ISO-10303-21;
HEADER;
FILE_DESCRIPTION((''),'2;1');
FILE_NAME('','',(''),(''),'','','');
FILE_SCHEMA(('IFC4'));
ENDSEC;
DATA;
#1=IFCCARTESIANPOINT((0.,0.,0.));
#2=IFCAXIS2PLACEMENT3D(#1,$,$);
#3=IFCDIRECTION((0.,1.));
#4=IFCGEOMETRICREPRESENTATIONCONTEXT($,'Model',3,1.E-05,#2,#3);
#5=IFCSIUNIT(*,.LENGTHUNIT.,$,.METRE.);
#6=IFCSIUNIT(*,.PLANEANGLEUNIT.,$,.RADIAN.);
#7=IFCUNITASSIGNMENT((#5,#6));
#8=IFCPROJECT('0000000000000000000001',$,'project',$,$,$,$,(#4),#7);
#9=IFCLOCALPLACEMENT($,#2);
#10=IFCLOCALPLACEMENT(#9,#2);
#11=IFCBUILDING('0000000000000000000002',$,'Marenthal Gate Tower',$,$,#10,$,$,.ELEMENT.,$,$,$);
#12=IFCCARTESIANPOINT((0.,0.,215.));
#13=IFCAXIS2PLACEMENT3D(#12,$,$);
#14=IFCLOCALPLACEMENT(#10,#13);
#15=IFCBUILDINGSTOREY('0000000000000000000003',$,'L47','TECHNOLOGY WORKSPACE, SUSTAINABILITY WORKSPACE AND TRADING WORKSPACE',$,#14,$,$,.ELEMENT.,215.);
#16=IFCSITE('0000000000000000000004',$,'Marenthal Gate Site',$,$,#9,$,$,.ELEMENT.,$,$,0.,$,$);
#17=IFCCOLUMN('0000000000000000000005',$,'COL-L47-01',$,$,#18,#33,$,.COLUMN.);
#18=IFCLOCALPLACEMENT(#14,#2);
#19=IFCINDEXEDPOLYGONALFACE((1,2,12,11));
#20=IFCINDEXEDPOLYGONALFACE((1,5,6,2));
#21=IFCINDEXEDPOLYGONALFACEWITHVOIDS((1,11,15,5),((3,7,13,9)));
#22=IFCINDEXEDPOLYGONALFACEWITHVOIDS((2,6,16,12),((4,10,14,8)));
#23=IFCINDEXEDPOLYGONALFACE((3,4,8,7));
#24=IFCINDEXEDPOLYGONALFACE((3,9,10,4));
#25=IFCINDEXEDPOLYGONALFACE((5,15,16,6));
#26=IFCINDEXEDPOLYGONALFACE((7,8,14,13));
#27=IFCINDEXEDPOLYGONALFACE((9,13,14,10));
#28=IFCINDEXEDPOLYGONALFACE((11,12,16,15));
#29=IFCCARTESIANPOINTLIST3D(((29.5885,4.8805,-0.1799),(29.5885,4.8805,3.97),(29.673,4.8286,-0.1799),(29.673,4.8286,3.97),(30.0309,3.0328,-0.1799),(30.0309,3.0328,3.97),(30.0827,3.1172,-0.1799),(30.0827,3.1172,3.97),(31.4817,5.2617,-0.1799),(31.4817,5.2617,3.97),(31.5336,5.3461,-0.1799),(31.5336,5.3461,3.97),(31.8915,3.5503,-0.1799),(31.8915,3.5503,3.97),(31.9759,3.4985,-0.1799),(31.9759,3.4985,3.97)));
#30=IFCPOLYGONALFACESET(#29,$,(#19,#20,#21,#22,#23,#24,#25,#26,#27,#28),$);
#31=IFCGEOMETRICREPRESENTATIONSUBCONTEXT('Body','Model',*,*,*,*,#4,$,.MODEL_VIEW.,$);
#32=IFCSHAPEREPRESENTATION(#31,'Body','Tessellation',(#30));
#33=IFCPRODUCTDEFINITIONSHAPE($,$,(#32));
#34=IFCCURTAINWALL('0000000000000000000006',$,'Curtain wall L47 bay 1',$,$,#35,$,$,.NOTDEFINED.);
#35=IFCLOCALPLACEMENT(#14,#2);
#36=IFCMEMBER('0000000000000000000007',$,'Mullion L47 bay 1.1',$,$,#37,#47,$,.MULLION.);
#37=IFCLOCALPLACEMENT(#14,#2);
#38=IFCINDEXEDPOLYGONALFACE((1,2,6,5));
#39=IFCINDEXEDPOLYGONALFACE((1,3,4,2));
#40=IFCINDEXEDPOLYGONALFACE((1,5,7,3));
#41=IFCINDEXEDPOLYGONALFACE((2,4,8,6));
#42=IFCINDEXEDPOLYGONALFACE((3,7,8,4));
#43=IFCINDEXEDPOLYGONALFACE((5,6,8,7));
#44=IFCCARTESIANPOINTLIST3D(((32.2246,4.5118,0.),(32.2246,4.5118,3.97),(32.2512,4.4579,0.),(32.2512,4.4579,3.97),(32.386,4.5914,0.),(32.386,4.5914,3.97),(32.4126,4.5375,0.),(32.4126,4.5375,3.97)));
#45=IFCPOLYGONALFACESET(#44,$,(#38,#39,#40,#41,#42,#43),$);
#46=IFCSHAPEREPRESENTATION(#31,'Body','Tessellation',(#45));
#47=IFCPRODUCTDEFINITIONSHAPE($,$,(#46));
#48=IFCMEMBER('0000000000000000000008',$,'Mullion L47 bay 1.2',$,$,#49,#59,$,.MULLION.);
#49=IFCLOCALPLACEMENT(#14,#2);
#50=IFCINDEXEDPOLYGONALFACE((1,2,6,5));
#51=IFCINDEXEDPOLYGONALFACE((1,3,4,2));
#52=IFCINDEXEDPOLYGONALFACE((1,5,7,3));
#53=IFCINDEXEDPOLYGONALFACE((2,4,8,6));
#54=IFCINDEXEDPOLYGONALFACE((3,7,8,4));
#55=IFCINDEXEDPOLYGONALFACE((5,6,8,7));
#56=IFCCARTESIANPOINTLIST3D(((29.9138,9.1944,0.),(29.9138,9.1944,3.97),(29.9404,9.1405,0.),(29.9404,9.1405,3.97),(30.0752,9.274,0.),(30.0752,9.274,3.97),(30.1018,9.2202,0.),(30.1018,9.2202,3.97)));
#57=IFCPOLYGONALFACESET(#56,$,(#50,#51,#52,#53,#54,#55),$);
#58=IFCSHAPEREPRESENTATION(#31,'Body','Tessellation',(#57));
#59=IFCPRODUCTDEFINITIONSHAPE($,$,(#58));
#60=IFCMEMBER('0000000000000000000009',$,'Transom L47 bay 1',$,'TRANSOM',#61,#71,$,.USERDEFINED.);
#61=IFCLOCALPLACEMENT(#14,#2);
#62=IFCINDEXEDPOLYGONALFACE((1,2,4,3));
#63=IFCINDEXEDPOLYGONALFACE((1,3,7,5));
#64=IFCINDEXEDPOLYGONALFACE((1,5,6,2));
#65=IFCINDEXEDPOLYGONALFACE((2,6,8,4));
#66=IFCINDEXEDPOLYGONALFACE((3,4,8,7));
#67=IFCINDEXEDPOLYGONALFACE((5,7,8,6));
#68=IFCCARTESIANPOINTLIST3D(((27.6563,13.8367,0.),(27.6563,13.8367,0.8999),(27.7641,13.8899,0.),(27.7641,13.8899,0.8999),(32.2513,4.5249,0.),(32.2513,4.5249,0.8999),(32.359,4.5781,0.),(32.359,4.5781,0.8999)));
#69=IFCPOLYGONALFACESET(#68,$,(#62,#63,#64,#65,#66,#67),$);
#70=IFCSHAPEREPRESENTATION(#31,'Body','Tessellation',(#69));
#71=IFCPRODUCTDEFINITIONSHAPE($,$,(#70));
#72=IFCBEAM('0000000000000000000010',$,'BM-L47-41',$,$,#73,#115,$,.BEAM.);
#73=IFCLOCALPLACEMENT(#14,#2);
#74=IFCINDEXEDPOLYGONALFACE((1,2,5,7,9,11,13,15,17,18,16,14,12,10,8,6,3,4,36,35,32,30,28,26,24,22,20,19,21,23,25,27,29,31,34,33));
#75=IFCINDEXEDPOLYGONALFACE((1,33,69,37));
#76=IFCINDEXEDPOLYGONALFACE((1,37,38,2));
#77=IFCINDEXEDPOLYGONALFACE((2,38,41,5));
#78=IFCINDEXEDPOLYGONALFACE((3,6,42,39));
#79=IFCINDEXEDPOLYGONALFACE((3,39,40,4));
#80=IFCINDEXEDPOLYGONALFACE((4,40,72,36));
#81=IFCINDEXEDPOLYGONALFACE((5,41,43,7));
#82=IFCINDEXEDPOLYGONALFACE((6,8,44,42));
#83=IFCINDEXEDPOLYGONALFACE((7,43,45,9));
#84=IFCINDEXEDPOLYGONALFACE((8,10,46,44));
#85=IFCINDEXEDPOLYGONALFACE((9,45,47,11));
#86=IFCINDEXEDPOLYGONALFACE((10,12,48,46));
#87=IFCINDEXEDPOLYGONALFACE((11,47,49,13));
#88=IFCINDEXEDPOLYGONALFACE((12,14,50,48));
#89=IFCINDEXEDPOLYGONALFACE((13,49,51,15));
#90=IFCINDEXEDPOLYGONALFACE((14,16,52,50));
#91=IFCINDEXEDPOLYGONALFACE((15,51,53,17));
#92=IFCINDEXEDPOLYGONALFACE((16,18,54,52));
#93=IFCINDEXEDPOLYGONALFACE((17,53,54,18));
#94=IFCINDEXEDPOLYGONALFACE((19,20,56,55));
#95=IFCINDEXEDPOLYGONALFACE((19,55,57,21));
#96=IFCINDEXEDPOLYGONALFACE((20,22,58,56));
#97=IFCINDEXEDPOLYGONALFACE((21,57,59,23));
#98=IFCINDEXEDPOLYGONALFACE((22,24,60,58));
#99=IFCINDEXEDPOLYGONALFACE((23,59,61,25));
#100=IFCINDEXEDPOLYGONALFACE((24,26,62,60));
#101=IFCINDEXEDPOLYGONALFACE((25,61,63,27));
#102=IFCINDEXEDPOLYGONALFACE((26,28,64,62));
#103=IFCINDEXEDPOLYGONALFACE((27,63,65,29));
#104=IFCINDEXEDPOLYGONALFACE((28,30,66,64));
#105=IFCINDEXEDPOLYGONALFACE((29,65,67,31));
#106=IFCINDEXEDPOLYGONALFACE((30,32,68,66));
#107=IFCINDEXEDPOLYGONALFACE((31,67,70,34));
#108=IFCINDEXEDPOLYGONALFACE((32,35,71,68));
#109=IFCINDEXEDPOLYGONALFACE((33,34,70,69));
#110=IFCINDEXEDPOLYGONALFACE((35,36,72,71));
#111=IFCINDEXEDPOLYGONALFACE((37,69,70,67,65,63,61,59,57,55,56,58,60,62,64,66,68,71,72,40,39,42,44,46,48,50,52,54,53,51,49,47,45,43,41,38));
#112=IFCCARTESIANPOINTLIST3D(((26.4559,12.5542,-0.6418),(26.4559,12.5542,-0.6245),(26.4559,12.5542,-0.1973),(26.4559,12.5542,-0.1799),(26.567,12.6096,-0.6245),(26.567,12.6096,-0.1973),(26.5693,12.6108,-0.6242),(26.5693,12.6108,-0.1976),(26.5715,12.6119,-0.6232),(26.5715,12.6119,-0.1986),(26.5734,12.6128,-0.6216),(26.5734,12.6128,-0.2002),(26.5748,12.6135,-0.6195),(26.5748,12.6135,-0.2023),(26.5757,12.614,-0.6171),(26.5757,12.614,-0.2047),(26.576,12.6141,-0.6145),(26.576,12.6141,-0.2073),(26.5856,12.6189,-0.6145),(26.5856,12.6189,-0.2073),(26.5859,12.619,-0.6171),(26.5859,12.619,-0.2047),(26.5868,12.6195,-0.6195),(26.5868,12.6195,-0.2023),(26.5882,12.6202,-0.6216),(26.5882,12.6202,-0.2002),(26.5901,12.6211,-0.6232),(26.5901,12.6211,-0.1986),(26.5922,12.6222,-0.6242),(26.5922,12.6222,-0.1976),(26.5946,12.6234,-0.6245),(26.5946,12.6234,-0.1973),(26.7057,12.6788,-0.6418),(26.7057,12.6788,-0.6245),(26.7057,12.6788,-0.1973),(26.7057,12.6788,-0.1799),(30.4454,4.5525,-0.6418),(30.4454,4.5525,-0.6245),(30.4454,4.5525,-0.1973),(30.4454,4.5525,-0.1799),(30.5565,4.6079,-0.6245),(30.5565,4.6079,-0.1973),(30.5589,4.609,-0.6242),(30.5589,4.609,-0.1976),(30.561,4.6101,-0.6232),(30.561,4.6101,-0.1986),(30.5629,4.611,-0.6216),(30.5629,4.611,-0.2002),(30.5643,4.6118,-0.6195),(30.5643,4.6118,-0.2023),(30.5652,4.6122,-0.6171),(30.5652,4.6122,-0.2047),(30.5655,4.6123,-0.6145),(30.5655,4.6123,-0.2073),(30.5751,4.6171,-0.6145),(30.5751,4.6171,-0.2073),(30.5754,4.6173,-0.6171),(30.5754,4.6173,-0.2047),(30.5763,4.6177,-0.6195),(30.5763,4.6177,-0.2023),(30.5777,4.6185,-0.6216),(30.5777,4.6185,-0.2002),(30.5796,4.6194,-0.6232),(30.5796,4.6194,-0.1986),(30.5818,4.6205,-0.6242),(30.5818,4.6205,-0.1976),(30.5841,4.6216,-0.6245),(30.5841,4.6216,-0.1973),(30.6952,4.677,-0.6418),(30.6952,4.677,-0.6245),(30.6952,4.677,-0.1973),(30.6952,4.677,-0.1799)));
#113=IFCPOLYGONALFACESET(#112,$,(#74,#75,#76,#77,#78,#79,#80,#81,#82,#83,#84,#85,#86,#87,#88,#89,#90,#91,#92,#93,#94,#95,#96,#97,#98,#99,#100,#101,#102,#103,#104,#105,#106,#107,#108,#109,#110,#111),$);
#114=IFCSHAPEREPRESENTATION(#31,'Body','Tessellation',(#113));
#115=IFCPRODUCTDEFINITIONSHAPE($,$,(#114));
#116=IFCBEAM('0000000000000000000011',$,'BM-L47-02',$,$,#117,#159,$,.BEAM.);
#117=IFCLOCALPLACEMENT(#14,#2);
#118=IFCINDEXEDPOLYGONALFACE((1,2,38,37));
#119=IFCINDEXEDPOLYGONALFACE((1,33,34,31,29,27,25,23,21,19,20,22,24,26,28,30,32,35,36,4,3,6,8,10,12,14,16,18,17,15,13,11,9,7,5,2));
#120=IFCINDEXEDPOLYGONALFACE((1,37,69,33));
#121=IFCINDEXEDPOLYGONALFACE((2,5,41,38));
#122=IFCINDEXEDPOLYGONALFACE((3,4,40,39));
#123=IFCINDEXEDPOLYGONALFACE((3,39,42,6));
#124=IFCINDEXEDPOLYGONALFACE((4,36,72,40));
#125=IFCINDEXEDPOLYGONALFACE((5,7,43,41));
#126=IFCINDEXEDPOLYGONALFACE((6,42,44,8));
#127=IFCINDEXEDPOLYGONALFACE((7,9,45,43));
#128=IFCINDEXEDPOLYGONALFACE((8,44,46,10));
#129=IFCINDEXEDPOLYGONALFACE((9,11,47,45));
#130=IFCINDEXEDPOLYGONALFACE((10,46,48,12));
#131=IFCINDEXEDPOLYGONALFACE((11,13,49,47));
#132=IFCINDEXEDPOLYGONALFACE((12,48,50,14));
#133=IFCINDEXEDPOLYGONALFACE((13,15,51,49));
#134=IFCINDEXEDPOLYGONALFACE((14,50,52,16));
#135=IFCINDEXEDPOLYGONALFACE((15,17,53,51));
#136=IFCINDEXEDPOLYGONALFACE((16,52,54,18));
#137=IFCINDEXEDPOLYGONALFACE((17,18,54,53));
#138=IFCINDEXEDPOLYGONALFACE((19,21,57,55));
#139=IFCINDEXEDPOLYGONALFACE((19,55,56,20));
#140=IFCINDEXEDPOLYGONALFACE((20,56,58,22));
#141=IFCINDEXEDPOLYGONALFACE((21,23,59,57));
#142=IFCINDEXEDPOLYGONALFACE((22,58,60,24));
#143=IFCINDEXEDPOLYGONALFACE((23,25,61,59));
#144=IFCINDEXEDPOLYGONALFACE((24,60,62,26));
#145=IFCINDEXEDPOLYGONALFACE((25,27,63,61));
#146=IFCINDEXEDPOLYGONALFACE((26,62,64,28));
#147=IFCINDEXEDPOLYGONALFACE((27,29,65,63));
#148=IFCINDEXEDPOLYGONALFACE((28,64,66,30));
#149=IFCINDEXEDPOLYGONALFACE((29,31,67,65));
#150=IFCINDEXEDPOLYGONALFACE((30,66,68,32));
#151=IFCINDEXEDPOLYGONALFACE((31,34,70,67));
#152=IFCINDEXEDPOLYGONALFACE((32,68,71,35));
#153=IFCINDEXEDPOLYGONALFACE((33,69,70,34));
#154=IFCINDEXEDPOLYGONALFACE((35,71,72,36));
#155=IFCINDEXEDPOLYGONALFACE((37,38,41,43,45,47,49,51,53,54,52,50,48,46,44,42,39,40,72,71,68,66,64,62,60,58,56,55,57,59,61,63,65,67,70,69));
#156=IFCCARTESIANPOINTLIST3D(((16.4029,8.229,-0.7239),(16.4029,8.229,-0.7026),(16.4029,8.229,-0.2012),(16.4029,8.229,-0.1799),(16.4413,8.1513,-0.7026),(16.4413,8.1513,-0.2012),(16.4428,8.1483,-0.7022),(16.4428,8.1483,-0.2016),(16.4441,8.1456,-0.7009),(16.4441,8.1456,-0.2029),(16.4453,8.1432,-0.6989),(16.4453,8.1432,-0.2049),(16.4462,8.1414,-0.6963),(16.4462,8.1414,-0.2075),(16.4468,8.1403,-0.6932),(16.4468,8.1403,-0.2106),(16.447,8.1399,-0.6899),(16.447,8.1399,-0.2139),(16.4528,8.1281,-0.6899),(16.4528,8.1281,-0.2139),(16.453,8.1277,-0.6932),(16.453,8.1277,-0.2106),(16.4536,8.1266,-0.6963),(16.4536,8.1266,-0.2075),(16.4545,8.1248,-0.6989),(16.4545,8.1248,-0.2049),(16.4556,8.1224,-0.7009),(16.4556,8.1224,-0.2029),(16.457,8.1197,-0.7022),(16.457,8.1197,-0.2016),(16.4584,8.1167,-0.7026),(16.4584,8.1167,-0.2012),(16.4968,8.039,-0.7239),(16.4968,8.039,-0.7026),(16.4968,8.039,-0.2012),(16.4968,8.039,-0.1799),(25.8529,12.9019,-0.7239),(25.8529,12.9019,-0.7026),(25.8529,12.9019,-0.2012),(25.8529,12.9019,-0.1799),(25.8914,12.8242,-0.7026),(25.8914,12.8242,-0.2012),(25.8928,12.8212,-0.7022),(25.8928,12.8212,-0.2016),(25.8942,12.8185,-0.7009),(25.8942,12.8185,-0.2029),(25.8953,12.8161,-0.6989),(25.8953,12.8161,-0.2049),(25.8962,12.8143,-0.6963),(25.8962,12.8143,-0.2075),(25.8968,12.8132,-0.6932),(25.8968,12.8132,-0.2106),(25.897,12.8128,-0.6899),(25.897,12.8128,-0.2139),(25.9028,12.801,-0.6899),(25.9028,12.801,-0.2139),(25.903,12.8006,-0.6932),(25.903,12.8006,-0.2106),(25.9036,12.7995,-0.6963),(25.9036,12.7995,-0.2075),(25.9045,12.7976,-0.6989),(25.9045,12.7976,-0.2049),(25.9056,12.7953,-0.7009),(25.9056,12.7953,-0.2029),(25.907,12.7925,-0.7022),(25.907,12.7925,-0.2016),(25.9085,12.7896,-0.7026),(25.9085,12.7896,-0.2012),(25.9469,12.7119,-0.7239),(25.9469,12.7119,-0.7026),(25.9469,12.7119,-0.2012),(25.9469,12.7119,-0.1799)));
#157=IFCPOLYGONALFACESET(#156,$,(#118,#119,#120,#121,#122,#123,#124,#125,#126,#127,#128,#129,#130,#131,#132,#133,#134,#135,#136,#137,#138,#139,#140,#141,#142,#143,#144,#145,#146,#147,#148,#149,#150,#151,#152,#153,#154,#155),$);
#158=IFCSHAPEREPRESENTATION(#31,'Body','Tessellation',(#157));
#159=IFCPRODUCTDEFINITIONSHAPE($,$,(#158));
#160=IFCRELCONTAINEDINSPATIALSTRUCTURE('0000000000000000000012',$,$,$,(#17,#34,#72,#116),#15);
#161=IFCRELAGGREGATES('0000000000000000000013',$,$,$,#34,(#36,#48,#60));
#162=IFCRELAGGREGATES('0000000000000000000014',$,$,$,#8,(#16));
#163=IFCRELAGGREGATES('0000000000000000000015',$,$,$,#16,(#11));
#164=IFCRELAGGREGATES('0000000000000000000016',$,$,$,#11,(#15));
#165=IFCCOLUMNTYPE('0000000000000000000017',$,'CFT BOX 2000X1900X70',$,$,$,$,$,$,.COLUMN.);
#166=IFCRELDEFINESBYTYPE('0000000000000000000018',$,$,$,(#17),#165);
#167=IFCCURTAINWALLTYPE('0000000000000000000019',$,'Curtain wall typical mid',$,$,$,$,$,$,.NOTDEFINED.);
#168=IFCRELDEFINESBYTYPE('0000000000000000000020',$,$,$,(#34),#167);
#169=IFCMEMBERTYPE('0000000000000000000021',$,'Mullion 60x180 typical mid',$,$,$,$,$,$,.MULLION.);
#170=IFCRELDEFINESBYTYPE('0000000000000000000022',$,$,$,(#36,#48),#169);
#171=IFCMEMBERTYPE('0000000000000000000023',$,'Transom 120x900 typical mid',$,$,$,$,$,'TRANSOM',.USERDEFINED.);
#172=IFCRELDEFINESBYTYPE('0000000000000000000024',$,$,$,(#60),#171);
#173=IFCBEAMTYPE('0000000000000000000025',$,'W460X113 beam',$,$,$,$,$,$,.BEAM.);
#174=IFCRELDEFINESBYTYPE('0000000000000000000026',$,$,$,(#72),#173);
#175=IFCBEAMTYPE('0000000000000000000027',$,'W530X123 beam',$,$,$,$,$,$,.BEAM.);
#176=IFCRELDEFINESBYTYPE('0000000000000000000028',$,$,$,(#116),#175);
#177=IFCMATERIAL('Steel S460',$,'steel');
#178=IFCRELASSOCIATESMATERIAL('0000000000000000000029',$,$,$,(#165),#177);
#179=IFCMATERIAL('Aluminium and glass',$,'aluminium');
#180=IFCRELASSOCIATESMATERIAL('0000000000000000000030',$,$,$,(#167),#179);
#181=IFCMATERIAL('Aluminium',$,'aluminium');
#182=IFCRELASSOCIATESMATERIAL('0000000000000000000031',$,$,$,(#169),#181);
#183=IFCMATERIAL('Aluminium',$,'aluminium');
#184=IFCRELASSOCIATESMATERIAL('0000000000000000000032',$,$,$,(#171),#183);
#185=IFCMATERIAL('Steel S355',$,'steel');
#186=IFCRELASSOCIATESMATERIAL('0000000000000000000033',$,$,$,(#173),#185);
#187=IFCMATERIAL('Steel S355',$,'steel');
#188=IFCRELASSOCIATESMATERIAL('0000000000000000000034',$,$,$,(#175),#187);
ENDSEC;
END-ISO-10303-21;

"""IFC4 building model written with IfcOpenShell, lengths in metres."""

from ifc_helpers import new_model, si_unit, direction, frame, origin, origin_2d, place, context, subcontext, project, spatial, rectangle, hollow_rectangle, i_section, extrude, material, material_profile, profile_set, type_object, element, aggregate, save


model = new_model("IFC4")

# Units and contexts
model_context = context("Model", 3, precision=1e-05, world=origin(), true_north=direction((0.0, 1.0)))
body_context = subcontext(model_context, "Body", "Model", "MODEL_VIEW")
ifc_project = project(units=[si_unit("LENGTHUNIT", "METRE"), si_unit("PLANEANGLEUNIT", "RADIAN")], contexts=[model_context])

# Site, building, storey
site_placement = place(None, origin())
site = spatial("IfcSite", under=ifc_project, at=site_placement, Name="Marenthal Gate Site", CompositionType="ELEMENT", RefElevation=0.0)
building_placement = place(site_placement, origin())
building = spatial("IfcBuilding", under=site, at=building_placement, Name="Marenthal Gate Tower", CompositionType="ELEMENT")
storey_placement = place(building_placement, frame((0.0, 0.0, 215.0)))
storey = spatial("IfcBuildingStorey", under=building, at=storey_placement, Name="L47", Description="TECHNOLOGY WORKSPACE, SUSTAINABILITY WORKSPACE AND TRADING WORKSPACE", CompositionType="ELEMENT", Elevation=215.0)

# Column
ifc_material_1 = material(Name="Steel S460", Category="steel")
ifc_material_profile_1 = material_profile(ifc_material_1, hollow_rectangle(XDim=1.8999, YDim=2.0, WallThickness=0.0701, at=origin_2d()), Name="CFT BOX 2000X1900X70")
ifc_material_2 = material(Name="Concrete 70 MPa", Category="concrete")
ifc_material_profile_2 = material_profile(ifc_material_2, rectangle(XDim=1.76, YDim=1.8601, at=origin_2d()), Name="CFT BOX 2000X1900X70 INFILL")
ifc_profile_set_1 = profile_set([ifc_material_profile_1, ifc_material_profile_2], Name="Steel S460 shell, Concrete 70 MPa infill")
column_type = type_object("IfcColumnType", Name="CFT BOX 2000X1900X70", PredefinedType="COLUMN", material=ifc_profile_set_1)
column_placement = place(storey_placement, frame((30.7822, 4.1895, -0.1799), z_axis=(0.0, 0.0, 1.0), x_axis=(0.232843, -0.972514, 0.0)))
element("IfcColumn", 1, at=column_placement, inside=storey, type_object=column_type, Name="COL-L47-01", PredefinedType="COLUMN", context=body_context, shape_type="SweptSolid", body=[
    extrude(hollow_rectangle(XDim=1.8999, YDim=2.0, WallThickness=0.0701, at=origin_2d()), origin(), (0.0, 0.0, 1.0), 4.1499),
])

# Curtain wall, members
ifc_material_3 = material(Name="Aluminium and glass", Category="aluminium")
curtain_wall_type = type_object("IfcCurtainWallType", Name="Curtain wall typical mid", PredefinedType="NOTDEFINED", material=ifc_material_3)
curtain_wall_placement = place(storey_placement, origin())
curtain_wall = element("IfcCurtainWall", 2, at=curtain_wall_placement, inside=storey, type_object=curtain_wall_type, Name="Curtain wall L47 bay 1", PredefinedType="NOTDEFINED")
ifc_material_4 = material(Name="Aluminium", Category="aluminium")
ifc_material_profile_3 = material_profile(ifc_material_4, rectangle(XDim=0.1799, YDim=0.0601, at=origin_2d()), Name="60x180 aluminium mullion")
ifc_profile_set_2 = profile_set([ifc_material_profile_3], Name="Aluminium")
member_type_1 = type_object("IfcMemberType", Name="Mullion 60x180 typical mid", PredefinedType="MULLION", material=ifc_profile_set_2)
member_1_placement = place(storey_placement, frame((32.3186, 4.5247, 0.0), z_axis=(0.0, 0.0, 1.0), x_axis=(-0.896757, -0.442523, 0.0)))
member_1 = element("IfcMember", 3, at=member_1_placement, type_object=member_type_1, Name="Mullion L47 bay 1.1", PredefinedType="MULLION", context=body_context, shape_type="SweptSolid", body=[
    extrude(rectangle(XDim=0.1799, YDim=0.0601, at=origin_2d()), origin(), (0.0, 0.0, 1.0), 3.97),
])
member_2_placement = place(storey_placement, frame((30.0078, 9.2073, 0.0), z_axis=(0.0, 0.0, 1.0), x_axis=(-0.896757, -0.442523, 0.0)))
member_2 = element("IfcMember", 4, at=member_2_placement, type_object=member_type_1, Name="Mullion L47 bay 1.2", PredefinedType="MULLION", context=body_context, shape_type="SweptSolid", body=[
    extrude(rectangle(XDim=0.1799, YDim=0.0601, at=origin_2d()), origin(), (0.0, 0.0, 1.0), 3.97),
])
ifc_material_5 = material(Name="Aluminium", Category="aluminium")
ifc_material_profile_4 = material_profile(ifc_material_5, rectangle(XDim=0.1201, YDim=0.8999, at=origin_2d()), Name="120x900 aluminium transom")
ifc_profile_set_3 = profile_set([ifc_material_profile_4], Name="Aluminium")
member_type_2 = type_object("IfcMemberType", Name="Transom 120x900 typical mid", ElementType="TRANSOM", PredefinedType="USERDEFINED", material=ifc_profile_set_3)
member_3_placement = place(storey_placement, frame((32.3052, 4.5515, 0.45), z_axis=(-0.442514, 0.896761, 0.0), x_axis=(-0.896761, -0.442514, 0.0)))
member_3 = element("IfcMember", 5, at=member_3_placement, type_object=member_type_2, Name="Transom L47 bay 1", ObjectType="TRANSOM", PredefinedType="USERDEFINED", context=body_context, shape_type="SweptSolid", body=[
    extrude(rectangle(XDim=0.1201, YDim=0.8999, at=origin_2d()), origin(), (0.0, 0.0, 1.0), 10.3838),
])

# Beams
ifc_material_6 = material(Name="Steel S355", Category="steel")
ifc_material_profile_5 = material_profile(ifc_material_6, i_section(OverallWidth=0.2791, OverallDepth=0.4619, WebThickness=0.0107, FlangeThickness=0.0173, FilletRadius=0.01, at=origin_2d()), Name="W460X113")
ifc_profile_set_4 = profile_set([ifc_material_profile_5], Name="Steel S355")
beam_type_1 = type_object("IfcBeamType", Name="W460X113 beam", PredefinedType="BEAM", material=ifc_profile_set_4)
beam_1_placement = place(storey_placement, frame((30.5703, 4.6147, -0.4109), z_axis=(-0.446198, 0.894934, 0.0), x_axis=(-0.894934, -0.446198, 0.0)))
element("IfcBeam", 6, at=beam_1_placement, inside=storey, type_object=beam_type_1, Name="BM-L47-41", PredefinedType="BEAM", context=body_context, shape_type="SweptSolid", body=[
    extrude(i_section(OverallWidth=0.2791, OverallDepth=0.4619, WebThickness=0.0107, FlangeThickness=0.0173, FilletRadius=0.01, at=origin_2d()), origin(), (0.0, 0.0, 1.0), 8.9412),
])
ifc_material_7 = material(Name="Steel S355", Category="steel")
ifc_material_profile_6 = material_profile(ifc_material_7, i_section(OverallWidth=0.2119, OverallDepth=0.5439, WebThickness=0.0132, FlangeThickness=0.0212, FilletRadius=0.0127, at=origin_2d()), Name="W530X123")
ifc_profile_set_5 = profile_set([ifc_material_profile_6], Name="Steel S355")
beam_type_2 = type_object("IfcBeamType", Name="W530X123 beam", PredefinedType="BEAM", material=ifc_profile_set_5)
beam_2_placement = place(storey_placement, frame((25.8999, 12.8069, -0.4519), z_axis=(-0.896396, -0.443254, 0.0), x_axis=(0.443254, -0.896396, 0.0)))
element("IfcBeam", 7, at=beam_2_placement, inside=storey, type_object=beam_type_2, Name="BM-L47-02", PredefinedType="BEAM", context=body_context, shape_type="SweptSolid", body=[
    extrude(i_section(OverallWidth=0.2119, OverallDepth=0.5439, WebThickness=0.0132, FlangeThickness=0.0212, FilletRadius=0.0127, at=origin_2d()), origin(), (0.0, 0.0, 1.0), 10.5422),
])

aggregate(curtain_wall, [member_1, member_2, member_3])

save(model, "model.ifc")
